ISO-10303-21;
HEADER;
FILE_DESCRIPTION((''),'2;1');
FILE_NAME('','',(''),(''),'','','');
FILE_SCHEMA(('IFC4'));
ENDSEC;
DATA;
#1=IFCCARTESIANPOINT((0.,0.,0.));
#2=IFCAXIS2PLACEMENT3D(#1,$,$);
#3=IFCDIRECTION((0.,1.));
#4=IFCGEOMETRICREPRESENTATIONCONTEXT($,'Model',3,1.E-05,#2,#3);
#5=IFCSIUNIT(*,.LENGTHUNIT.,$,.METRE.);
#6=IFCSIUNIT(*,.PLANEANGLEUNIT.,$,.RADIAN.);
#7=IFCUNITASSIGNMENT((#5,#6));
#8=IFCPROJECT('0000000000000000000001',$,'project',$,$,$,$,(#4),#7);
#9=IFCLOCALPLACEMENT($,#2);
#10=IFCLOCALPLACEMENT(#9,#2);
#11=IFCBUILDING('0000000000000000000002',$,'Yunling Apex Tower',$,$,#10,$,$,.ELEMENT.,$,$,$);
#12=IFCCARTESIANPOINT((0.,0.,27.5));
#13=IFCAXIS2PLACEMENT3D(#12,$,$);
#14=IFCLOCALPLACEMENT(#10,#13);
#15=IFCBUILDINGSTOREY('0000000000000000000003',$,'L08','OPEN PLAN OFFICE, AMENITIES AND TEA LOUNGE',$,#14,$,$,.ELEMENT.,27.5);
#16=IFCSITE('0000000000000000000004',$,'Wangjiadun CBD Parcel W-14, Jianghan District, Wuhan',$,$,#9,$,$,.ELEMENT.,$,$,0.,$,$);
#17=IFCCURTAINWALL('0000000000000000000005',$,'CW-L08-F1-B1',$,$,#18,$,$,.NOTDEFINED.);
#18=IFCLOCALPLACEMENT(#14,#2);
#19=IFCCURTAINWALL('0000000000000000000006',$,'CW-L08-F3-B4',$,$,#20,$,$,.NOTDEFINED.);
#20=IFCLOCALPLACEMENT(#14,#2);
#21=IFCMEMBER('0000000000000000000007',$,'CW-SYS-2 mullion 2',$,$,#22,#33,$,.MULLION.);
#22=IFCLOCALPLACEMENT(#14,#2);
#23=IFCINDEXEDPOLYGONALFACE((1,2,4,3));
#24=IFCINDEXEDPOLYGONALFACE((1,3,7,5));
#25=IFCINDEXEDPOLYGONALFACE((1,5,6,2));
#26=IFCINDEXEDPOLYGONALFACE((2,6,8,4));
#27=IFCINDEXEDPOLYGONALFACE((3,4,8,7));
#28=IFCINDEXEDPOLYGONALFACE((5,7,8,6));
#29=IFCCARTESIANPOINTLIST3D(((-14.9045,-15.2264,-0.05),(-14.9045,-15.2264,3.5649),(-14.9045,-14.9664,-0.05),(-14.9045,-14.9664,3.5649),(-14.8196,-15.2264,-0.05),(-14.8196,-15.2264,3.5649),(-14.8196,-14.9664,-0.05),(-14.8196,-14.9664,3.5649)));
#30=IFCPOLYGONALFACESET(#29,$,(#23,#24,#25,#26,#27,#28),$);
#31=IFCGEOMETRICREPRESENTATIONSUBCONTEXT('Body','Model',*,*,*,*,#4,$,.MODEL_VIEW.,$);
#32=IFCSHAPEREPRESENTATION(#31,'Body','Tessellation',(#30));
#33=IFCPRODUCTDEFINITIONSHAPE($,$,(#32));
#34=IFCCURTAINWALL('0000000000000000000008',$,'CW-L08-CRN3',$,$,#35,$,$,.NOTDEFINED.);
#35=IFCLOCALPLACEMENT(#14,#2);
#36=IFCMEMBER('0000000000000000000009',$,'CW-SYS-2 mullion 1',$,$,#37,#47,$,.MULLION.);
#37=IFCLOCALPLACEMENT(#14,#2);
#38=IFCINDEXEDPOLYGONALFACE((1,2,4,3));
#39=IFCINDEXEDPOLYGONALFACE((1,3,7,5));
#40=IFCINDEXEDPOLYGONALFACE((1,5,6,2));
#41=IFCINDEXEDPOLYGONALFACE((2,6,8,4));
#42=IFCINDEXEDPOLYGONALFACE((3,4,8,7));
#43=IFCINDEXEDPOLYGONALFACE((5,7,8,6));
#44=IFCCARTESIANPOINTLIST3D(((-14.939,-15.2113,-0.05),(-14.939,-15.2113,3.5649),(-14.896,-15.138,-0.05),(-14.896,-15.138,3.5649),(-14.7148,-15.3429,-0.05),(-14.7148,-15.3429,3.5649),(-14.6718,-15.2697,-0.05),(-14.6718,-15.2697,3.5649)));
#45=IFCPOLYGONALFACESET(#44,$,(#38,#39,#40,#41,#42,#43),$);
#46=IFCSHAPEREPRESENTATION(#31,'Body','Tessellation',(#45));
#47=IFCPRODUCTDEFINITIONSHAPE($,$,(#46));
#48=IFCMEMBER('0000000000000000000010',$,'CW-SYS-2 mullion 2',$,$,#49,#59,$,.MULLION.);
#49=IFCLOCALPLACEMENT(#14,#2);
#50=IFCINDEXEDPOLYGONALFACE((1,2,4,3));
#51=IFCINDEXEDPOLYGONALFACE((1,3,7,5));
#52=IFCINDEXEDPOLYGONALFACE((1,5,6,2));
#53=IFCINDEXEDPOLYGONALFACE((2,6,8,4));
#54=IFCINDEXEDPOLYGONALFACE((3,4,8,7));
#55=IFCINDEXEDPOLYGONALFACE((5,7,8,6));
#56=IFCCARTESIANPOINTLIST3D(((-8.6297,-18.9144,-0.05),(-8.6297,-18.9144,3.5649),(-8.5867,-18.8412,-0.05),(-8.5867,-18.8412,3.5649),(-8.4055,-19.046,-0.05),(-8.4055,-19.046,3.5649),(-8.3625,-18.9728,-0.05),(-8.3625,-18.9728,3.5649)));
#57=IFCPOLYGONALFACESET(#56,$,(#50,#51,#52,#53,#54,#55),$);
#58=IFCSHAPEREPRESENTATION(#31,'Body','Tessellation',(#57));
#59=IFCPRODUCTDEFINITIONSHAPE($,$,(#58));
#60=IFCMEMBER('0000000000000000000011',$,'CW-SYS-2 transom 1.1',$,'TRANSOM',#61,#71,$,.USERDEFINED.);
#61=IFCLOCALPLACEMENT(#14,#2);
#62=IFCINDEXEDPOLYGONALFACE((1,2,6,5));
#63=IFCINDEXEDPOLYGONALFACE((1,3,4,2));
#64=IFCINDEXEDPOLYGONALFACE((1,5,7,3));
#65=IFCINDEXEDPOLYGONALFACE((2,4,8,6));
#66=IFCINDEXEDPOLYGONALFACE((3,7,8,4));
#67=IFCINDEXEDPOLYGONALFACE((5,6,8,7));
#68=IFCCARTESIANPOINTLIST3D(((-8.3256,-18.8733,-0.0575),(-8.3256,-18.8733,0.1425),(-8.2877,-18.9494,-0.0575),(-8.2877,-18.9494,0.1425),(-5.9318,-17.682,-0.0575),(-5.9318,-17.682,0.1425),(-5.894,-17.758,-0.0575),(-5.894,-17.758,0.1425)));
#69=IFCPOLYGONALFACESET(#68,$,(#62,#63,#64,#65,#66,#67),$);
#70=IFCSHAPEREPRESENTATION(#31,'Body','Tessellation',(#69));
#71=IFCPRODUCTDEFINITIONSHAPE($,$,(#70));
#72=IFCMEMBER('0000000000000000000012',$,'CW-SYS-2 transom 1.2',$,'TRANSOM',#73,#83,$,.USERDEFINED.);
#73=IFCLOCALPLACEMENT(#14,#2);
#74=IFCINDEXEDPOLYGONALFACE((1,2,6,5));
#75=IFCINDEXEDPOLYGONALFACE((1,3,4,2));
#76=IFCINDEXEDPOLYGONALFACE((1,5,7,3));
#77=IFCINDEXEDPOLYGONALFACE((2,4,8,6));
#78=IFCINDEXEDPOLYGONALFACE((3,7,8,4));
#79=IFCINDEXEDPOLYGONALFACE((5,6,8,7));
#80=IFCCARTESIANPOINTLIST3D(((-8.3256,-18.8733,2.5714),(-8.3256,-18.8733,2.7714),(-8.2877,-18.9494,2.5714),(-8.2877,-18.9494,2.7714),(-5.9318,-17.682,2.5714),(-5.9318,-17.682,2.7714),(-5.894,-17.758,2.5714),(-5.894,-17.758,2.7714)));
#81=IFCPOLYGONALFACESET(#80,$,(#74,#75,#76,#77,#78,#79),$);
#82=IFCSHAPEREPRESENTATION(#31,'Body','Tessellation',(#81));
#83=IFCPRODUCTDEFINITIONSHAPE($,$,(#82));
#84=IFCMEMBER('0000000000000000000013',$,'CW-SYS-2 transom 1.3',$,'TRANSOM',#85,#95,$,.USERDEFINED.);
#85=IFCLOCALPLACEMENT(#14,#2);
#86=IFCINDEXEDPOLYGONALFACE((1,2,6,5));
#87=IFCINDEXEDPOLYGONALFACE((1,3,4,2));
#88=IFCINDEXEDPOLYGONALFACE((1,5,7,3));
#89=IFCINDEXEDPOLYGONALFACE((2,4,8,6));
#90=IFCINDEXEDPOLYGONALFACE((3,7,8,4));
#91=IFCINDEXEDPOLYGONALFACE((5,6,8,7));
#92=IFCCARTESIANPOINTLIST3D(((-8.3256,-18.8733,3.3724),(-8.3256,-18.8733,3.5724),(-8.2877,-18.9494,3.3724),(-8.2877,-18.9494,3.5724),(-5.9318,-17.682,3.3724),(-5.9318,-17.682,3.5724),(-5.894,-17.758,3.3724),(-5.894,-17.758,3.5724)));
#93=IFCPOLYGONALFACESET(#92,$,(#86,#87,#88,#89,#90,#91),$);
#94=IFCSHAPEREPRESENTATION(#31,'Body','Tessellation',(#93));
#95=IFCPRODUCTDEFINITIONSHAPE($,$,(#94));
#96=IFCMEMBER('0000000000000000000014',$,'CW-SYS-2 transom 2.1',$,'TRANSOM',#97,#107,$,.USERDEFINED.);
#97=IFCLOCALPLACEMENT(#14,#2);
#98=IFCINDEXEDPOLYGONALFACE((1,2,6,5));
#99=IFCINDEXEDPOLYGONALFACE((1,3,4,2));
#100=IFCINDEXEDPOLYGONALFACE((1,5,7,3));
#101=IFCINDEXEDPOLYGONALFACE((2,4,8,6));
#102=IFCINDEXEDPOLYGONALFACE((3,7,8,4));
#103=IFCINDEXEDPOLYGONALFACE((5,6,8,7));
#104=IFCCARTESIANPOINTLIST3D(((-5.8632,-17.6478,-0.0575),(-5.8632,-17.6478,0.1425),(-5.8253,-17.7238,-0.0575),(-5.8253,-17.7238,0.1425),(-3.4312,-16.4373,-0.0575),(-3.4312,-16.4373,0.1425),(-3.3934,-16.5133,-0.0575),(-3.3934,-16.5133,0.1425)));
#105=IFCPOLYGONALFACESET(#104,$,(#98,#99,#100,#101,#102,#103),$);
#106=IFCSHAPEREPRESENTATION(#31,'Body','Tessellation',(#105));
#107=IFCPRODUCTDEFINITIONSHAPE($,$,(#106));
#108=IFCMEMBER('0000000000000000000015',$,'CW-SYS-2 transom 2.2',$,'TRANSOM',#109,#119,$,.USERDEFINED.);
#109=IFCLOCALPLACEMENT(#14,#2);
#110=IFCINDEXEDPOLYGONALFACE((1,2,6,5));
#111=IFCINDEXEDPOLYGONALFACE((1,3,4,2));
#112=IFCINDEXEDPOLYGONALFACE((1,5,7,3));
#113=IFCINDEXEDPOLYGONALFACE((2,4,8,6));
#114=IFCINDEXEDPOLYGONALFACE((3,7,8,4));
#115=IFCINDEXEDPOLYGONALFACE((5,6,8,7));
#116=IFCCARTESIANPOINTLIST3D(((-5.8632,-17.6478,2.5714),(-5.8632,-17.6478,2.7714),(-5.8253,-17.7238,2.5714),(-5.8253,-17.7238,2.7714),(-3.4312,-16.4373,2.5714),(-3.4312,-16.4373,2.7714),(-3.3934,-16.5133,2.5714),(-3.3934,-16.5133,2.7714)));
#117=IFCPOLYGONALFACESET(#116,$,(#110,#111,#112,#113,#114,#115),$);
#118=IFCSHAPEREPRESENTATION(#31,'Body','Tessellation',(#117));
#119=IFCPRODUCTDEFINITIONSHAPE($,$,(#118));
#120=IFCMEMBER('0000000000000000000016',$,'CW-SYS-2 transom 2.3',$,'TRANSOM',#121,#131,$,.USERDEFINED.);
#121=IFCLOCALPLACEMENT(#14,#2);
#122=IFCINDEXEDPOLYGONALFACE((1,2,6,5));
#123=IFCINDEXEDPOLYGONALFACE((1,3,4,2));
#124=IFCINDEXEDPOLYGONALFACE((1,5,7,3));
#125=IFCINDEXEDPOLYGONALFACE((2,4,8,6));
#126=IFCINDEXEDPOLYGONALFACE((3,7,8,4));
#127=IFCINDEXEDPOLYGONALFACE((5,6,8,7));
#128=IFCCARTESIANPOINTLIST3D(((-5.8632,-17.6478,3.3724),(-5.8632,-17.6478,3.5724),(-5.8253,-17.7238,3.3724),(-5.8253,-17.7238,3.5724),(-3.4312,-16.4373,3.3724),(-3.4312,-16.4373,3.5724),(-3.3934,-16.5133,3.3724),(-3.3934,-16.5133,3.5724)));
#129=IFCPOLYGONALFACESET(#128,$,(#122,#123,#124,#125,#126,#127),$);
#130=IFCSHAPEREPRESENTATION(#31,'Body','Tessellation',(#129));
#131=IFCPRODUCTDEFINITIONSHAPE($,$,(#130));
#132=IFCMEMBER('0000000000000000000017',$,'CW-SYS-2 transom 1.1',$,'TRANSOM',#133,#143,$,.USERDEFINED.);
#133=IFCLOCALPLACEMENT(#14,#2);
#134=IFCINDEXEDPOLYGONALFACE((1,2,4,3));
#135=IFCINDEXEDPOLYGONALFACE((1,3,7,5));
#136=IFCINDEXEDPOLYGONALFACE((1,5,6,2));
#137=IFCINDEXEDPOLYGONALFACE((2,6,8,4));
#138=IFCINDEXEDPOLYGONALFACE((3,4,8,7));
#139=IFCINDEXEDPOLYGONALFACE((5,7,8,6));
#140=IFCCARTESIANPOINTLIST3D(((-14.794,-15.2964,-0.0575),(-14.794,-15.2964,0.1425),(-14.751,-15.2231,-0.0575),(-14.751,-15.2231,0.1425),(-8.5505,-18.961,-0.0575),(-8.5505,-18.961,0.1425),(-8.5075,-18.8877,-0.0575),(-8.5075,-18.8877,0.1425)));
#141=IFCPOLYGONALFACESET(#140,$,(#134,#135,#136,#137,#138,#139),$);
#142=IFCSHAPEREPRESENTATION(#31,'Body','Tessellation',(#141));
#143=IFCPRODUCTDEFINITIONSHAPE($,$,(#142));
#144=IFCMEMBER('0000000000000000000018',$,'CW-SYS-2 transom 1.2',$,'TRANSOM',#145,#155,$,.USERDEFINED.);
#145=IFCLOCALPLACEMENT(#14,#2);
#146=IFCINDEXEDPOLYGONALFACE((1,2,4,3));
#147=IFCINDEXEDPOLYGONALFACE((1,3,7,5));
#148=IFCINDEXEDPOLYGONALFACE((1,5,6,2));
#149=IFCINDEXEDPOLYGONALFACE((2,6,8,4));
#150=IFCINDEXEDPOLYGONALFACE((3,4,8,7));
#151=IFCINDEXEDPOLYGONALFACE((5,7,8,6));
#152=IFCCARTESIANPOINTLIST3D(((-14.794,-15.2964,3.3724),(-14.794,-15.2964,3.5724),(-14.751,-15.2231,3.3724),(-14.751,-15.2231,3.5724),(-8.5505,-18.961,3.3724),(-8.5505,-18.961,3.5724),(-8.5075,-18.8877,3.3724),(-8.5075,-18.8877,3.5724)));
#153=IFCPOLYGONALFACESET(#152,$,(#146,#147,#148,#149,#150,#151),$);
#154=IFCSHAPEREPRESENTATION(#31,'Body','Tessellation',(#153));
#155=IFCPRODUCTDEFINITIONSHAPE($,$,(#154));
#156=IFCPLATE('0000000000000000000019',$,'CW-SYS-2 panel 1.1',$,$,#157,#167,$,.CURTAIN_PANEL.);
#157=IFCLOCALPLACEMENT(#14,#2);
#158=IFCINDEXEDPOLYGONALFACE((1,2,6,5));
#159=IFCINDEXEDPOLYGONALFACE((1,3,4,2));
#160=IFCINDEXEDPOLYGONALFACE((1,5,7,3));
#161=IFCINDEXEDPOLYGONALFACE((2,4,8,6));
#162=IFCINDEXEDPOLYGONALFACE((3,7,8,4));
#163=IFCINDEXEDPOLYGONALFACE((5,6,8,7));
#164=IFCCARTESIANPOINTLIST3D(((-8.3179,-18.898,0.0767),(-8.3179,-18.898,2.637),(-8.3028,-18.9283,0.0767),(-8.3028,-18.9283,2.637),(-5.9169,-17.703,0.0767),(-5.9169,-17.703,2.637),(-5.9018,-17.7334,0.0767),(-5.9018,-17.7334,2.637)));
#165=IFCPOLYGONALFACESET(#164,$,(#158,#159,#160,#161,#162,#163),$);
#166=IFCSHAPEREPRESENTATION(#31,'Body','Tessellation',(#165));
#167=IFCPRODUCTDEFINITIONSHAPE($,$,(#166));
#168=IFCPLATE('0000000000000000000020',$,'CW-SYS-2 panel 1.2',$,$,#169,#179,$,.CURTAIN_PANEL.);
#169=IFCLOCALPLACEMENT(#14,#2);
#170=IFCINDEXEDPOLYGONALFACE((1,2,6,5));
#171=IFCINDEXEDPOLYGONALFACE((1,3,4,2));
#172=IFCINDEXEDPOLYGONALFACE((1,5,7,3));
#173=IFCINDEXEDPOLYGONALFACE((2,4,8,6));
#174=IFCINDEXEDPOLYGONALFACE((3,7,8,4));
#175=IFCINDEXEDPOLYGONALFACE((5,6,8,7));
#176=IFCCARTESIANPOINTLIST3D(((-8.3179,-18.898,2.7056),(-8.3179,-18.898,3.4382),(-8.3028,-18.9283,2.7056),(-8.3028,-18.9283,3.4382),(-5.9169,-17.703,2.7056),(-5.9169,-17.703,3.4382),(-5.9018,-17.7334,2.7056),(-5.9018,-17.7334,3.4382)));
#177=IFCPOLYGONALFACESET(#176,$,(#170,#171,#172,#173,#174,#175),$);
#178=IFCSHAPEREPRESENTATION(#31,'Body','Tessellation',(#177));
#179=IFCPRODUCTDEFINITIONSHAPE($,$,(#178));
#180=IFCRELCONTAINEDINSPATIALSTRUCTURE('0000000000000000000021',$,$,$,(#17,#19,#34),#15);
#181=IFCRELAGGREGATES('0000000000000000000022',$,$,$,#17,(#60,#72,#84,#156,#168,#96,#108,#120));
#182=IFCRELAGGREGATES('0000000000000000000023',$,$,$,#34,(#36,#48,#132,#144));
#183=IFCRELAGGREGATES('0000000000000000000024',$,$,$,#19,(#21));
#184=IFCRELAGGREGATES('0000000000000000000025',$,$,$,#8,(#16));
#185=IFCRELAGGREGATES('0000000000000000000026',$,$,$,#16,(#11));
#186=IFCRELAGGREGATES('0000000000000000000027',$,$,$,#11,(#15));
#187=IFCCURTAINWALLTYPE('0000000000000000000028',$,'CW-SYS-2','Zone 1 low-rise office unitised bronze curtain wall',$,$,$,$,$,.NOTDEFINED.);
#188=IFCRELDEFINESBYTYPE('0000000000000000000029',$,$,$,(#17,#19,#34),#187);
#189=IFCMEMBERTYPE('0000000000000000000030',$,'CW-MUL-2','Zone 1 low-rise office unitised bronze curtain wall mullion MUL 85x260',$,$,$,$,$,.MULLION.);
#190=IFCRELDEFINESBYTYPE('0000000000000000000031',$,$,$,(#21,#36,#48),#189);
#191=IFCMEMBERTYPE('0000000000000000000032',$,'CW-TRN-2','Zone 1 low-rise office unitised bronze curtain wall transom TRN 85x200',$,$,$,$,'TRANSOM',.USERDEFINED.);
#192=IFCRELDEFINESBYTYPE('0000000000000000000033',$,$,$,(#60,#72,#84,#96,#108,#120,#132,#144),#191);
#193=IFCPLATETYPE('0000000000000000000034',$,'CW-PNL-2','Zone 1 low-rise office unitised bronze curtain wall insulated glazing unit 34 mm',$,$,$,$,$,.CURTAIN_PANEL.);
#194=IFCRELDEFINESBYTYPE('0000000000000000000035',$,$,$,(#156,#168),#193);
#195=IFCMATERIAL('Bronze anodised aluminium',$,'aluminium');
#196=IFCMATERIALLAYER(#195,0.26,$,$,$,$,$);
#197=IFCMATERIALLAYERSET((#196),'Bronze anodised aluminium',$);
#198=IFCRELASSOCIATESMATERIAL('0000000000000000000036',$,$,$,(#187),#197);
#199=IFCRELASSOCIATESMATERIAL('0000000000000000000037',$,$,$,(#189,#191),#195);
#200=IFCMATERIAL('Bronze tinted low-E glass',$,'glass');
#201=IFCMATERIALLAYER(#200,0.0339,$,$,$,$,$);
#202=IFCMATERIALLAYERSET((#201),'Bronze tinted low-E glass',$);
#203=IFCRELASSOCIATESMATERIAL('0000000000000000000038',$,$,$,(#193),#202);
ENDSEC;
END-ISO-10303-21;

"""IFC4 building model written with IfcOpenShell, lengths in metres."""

from ifc_helpers import new_model, si_unit, direction, frame, origin, origin_2d, place, context, subcontext, project, spatial, rectangle, extrude, source, transform, mapped, material, layer, layer_set, material_profile, profile_set, type_object, element, aggregate, save


model = new_model("IFC4")

# Units and contexts
model_context = context("Model", 3, precision=1e-05, world=origin(), true_north=direction((0.0, 1.0)))
body_context = subcontext(model_context, "Body", "Model", "MODEL_VIEW")
ifc_project = project(units=[si_unit("LENGTHUNIT", "METRE"), si_unit("PLANEANGLEUNIT", "RADIAN")], contexts=[model_context])

# Site, building, storey
site_placement = place(None, origin())
site = spatial("IfcSite", under=ifc_project, at=site_placement, Name="Wangjiadun CBD Parcel W-14, Jianghan District, Wuhan", CompositionType="ELEMENT", RefElevation=0.0)
building_placement = place(site_placement, origin())
building = spatial("IfcBuilding", under=site, at=building_placement, Name="Yunling Apex Tower", CompositionType="ELEMENT")
storey_placement = place(building_placement, frame((0.0, 0.0, 27.5)))
storey = spatial("IfcBuildingStorey", under=building, at=storey_placement, Name="L08", Description="OPEN PLAN OFFICE, AMENITIES AND TEA LOUNGE", CompositionType="ELEMENT", Elevation=27.5)

# Curtain wall
ifc_material_1 = material(Name="Bronze anodised aluminium", Category="aluminium")
ifc_layer_1 = layer(ifc_material_1, 0.26)
ifc_layer_set_1 = layer_set([ifc_layer_1], Name="Bronze anodised aluminium")
curtain_wall_type = type_object("IfcCurtainWallType", Name="CW-SYS-2", Description="Zone 1 low-rise office unitised bronze curtain wall", PredefinedType="NOTDEFINED", material=ifc_layer_set_1)
curtain_wall_1_placement = place(storey_placement, origin())
curtain_wall_1 = element("IfcCurtainWall", 1, at=curtain_wall_1_placement, inside=storey, type_object=curtain_wall_type, Name="CW-L08-F1-B1", PredefinedType="NOTDEFINED")
ifc_material_profile_1 = material_profile(ifc_material_1, rectangle(XDim=0.085, YDim=0.26, at=origin_2d()))
ifc_profile_set_1 = profile_set([ifc_material_profile_1], Name="Bronze anodised aluminium")
member_type_1 = type_object("IfcMemberType", Name="CW-MUL-2", Description="Zone 1 low-rise office unitised bronze curtain wall mullion MUL 85x260", PredefinedType="MULLION", material=ifc_profile_set_1)
shared_shape_1 = source(origin(), body_context, "Body", "SweptSolid", [
    extrude(rectangle(XDim=0.085, YDim=0.26, at=origin_2d()), origin(), (0.0, 0.0, 1.0), 3.615),
])

# Curtain wall, member
curtain_wall_2_placement = place(storey_placement, origin())
curtain_wall_2 = element("IfcCurtainWall", 2, at=curtain_wall_2_placement, inside=storey, type_object=curtain_wall_type, Name="CW-L08-F3-B4", PredefinedType="NOTDEFINED")
member_1_placement = place(storey_placement, frame((-14.8621, -15.0964, -0.05), z_axis=(0.0, 0.0, 1.0), x_axis=(1.0, 0.0, 0.0)))
member_1 = element("IfcMember", 3, at=member_1_placement, type_object=member_type_1, Name="CW-SYS-2 mullion 2", PredefinedType="MULLION", context=body_context, shape_type="MappedRepresentation", body=[
    mapped(shared_shape_1, transform((0.0, 0.0, 0.0), scale=1.0)),
])

# Curtain wall, members
curtain_wall_3_placement = place(storey_placement, origin())
curtain_wall_3 = element("IfcCurtainWall", 4, at=curtain_wall_3_placement, inside=storey, type_object=curtain_wall_type, Name="CW-L08-CRN3", PredefinedType="NOTDEFINED")
member_2_placement = place(storey_placement, frame((-14.8054, -15.2405, -0.05), z_axis=(0.0, 0.0, 1.0), x_axis=(0.506196, 0.862419, 0.0)))
member_2 = element("IfcMember", 5, at=member_2_placement, type_object=member_type_1, Name="CW-SYS-2 mullion 1", PredefinedType="MULLION", context=body_context, shape_type="MappedRepresentation", body=[
    mapped(shared_shape_1, transform((0.0, 0.0, 0.0), scale=1.0)),
])
member_3_placement = place(storey_placement, frame((-8.4961, -18.9436, -0.05), z_axis=(0.0, 0.0, 1.0), x_axis=(0.506196, 0.862419, 0.0)))
member_3 = element("IfcMember", 6, at=member_3_placement, type_object=member_type_1, Name="CW-SYS-2 mullion 2", PredefinedType="MULLION", context=body_context, shape_type="MappedRepresentation", body=[
    mapped(shared_shape_1, transform((0.0, 0.0, 0.0), scale=1.0)),
])

# Members
ifc_material_profile_2 = material_profile(ifc_material_1, rectangle(XDim=0.085, YDim=0.2, at=origin_2d()))
ifc_profile_set_2 = profile_set([ifc_material_profile_2], Name="Bronze anodised aluminium")
member_type_2 = type_object("IfcMemberType", Name="CW-TRN-2", Description="Zone 1 low-rise office unitised bronze curtain wall transom TRN 85x200", ElementType="TRANSOM", PredefinedType="USERDEFINED", material=ifc_profile_set_2)
shared_shape_2 = source(origin(), body_context, "Body", "SweptSolid", [
    extrude(rectangle(XDim=0.085, YDim=0.2, at=origin_2d()), origin(), (0.0, 0.0, 1.0), 2.6738),
])
member_4_placement = place(storey_placement, frame((-8.3066, -18.9114, 0.0425), z_axis=(0.895247, 0.445569, 0.0), x_axis=(-0.445569, 0.895247, 0.0)))
member_4 = element("IfcMember", 7, at=member_4_placement, type_object=member_type_2, Name="CW-SYS-2 transom 1.1", ObjectType="TRANSOM", PredefinedType="USERDEFINED", context=body_context, shape_type="MappedRepresentation", body=[
    mapped(shared_shape_2, transform((0.0, 0.0, 0.0), scale=1.0)),
])
member_5_placement = place(storey_placement, frame((-8.3066, -18.9114, 2.6714), z_axis=(0.895247, 0.445569, 0.0), x_axis=(-0.445569, 0.895247, 0.0)))
member_5 = element("IfcMember", 8, at=member_5_placement, type_object=member_type_2, Name="CW-SYS-2 transom 1.2", ObjectType="TRANSOM", PredefinedType="USERDEFINED", context=body_context, shape_type="MappedRepresentation", body=[
    mapped(shared_shape_2, transform((0.0, 0.0, 0.0), scale=1.0)),
])
member_6_placement = place(storey_placement, frame((-8.3066, -18.9114, 3.4724), z_axis=(0.895247, 0.445569, 0.0), x_axis=(-0.445569, 0.895247, 0.0)))
member_6 = element("IfcMember", 9, at=member_6_placement, type_object=member_type_2, Name="CW-SYS-2 transom 1.3", ObjectType="TRANSOM", PredefinedType="USERDEFINED", context=body_context, shape_type="MappedRepresentation", body=[
    mapped(shared_shape_2, transform((0.0, 0.0, 0.0), scale=1.0)),
])
shared_shape_3 = source(origin(), body_context, "Body", "SweptSolid", [
    extrude(rectangle(XDim=0.085, YDim=0.2, at=origin_2d()), origin(), (0.0, 0.0, 1.0), 2.7166),
])
member_7_placement = place(storey_placement, frame((-5.8442, -17.6858, 0.0425), z_axis=(0.895235, 0.445595, 0.0), x_axis=(-0.445595, 0.895235, 0.0)))
member_7 = element("IfcMember", 10, at=member_7_placement, type_object=member_type_2, Name="CW-SYS-2 transom 2.1", ObjectType="TRANSOM", PredefinedType="USERDEFINED", context=body_context, shape_type="MappedRepresentation", body=[
    mapped(shared_shape_3, transform((0.0, 0.0, 0.0), scale=1.0)),
])
member_8_placement = place(storey_placement, frame((-5.8442, -17.6858, 2.6714), z_axis=(0.895235, 0.445595, 0.0), x_axis=(-0.445595, 0.895235, 0.0)))
member_8 = element("IfcMember", 11, at=member_8_placement, type_object=member_type_2, Name="CW-SYS-2 transom 2.2", ObjectType="TRANSOM", PredefinedType="USERDEFINED", context=body_context, shape_type="MappedRepresentation", body=[
    mapped(shared_shape_3, transform((0.0, 0.0, 0.0), scale=1.0)),
])
member_9_placement = place(storey_placement, frame((-5.8442, -17.6858, 3.4724), z_axis=(0.895235, 0.445595, 0.0), x_axis=(-0.445595, 0.895235, 0.0)))
member_9 = element("IfcMember", 12, at=member_9_placement, type_object=member_type_2, Name="CW-SYS-2 transom 2.3", ObjectType="TRANSOM", PredefinedType="USERDEFINED", context=body_context, shape_type="MappedRepresentation", body=[
    mapped(shared_shape_3, transform((0.0, 0.0, 0.0), scale=1.0)),
])
shared_shape_4 = source(origin(), body_context, "Body", "SweptSolid", [
    extrude(rectangle(XDim=0.085, YDim=0.2, at=origin_2d()), origin(), (0.0, 0.0, 1.0), 7.2395),
])
member_10_placement = place(storey_placement, frame((-14.7725, -15.2598, 0.0425), z_axis=(0.862419, -0.506195, 0.0), x_axis=(0.506195, 0.862419, 0.0)))
member_10 = element("IfcMember", 13, at=member_10_placement, type_object=member_type_2, Name="CW-SYS-2 transom 1.1", ObjectType="TRANSOM", PredefinedType="USERDEFINED", context=body_context, shape_type="MappedRepresentation", body=[
    mapped(shared_shape_4, transform((0.0, 0.0, 0.0), scale=1.0)),
])
member_11_placement = place(storey_placement, frame((-14.7725, -15.2598, 3.4724), z_axis=(0.862419, -0.506195, 0.0), x_axis=(0.506195, 0.862419, 0.0)))
member_11 = element("IfcMember", 14, at=member_11_placement, type_object=member_type_2, Name="CW-SYS-2 transom 1.2", ObjectType="TRANSOM", PredefinedType="USERDEFINED", context=body_context, shape_type="MappedRepresentation", body=[
    mapped(shared_shape_4, transform((0.0, 0.0, 0.0), scale=1.0)),
])

# Plates
ifc_material_2 = material(Name="Bronze tinted low-E glass", Category="glass")
ifc_layer_2 = layer(ifc_material_2, 0.0339)
ifc_layer_set_2 = layer_set([ifc_layer_2], Name="Bronze tinted low-E glass")
plate_type = type_object("IfcPlateType", Name="CW-PNL-2", Description="Zone 1 low-rise office unitised bronze curtain wall insulated glazing unit 34 mm", PredefinedType="CURTAIN_PANEL", material=ifc_layer_set_2)
shared_shape_5 = source(origin(), body_context, "Body", "SweptSolid", [
    extrude(rectangle(XDim=2.6819, YDim=0.0339, at=origin_2d()), origin(), (0.0, 0.0, 1.0), 2.5603),
])
plate_1_placement = place(storey_placement, frame((-7.1099, -18.3157, 0.0767), z_axis=(0.0, 0.0, 1.0), x_axis=(0.895247, 0.445571, 0.0)))
plate_1 = element("IfcPlate", 15, at=plate_1_placement, type_object=plate_type, Name="CW-SYS-2 panel 1.1", PredefinedType="CURTAIN_PANEL", context=body_context, shape_type="MappedRepresentation", body=[
    mapped(shared_shape_5, transform((0.0, 0.0, 0.0), scale=1.0)),
])
shared_shape_6 = source(origin(), body_context, "Body", "SweptSolid", [
    extrude(rectangle(XDim=2.6819, YDim=0.0339, at=origin_2d()), origin(), (0.0, 0.0, 1.0), 0.7327),
])
plate_2_placement = place(storey_placement, frame((-7.1099, -18.3157, 2.7056), z_axis=(0.0, 0.0, 1.0), x_axis=(0.895247, 0.445571, 0.0)))
plate_2 = element("IfcPlate", 16, at=plate_2_placement, type_object=plate_type, Name="CW-SYS-2 panel 1.2", PredefinedType="CURTAIN_PANEL", context=body_context, shape_type="MappedRepresentation", body=[
    mapped(shared_shape_6, transform((0.0, 0.0, 0.0), scale=1.0)),
])
aggregate(curtain_wall_1, [member_4, member_5, member_6, plate_1, plate_2, member_7, member_8, member_9])
aggregate(curtain_wall_3, [member_2, member_3, member_10, member_11])
aggregate(curtain_wall_2, [member_1])

save(model, "model.ifc")
